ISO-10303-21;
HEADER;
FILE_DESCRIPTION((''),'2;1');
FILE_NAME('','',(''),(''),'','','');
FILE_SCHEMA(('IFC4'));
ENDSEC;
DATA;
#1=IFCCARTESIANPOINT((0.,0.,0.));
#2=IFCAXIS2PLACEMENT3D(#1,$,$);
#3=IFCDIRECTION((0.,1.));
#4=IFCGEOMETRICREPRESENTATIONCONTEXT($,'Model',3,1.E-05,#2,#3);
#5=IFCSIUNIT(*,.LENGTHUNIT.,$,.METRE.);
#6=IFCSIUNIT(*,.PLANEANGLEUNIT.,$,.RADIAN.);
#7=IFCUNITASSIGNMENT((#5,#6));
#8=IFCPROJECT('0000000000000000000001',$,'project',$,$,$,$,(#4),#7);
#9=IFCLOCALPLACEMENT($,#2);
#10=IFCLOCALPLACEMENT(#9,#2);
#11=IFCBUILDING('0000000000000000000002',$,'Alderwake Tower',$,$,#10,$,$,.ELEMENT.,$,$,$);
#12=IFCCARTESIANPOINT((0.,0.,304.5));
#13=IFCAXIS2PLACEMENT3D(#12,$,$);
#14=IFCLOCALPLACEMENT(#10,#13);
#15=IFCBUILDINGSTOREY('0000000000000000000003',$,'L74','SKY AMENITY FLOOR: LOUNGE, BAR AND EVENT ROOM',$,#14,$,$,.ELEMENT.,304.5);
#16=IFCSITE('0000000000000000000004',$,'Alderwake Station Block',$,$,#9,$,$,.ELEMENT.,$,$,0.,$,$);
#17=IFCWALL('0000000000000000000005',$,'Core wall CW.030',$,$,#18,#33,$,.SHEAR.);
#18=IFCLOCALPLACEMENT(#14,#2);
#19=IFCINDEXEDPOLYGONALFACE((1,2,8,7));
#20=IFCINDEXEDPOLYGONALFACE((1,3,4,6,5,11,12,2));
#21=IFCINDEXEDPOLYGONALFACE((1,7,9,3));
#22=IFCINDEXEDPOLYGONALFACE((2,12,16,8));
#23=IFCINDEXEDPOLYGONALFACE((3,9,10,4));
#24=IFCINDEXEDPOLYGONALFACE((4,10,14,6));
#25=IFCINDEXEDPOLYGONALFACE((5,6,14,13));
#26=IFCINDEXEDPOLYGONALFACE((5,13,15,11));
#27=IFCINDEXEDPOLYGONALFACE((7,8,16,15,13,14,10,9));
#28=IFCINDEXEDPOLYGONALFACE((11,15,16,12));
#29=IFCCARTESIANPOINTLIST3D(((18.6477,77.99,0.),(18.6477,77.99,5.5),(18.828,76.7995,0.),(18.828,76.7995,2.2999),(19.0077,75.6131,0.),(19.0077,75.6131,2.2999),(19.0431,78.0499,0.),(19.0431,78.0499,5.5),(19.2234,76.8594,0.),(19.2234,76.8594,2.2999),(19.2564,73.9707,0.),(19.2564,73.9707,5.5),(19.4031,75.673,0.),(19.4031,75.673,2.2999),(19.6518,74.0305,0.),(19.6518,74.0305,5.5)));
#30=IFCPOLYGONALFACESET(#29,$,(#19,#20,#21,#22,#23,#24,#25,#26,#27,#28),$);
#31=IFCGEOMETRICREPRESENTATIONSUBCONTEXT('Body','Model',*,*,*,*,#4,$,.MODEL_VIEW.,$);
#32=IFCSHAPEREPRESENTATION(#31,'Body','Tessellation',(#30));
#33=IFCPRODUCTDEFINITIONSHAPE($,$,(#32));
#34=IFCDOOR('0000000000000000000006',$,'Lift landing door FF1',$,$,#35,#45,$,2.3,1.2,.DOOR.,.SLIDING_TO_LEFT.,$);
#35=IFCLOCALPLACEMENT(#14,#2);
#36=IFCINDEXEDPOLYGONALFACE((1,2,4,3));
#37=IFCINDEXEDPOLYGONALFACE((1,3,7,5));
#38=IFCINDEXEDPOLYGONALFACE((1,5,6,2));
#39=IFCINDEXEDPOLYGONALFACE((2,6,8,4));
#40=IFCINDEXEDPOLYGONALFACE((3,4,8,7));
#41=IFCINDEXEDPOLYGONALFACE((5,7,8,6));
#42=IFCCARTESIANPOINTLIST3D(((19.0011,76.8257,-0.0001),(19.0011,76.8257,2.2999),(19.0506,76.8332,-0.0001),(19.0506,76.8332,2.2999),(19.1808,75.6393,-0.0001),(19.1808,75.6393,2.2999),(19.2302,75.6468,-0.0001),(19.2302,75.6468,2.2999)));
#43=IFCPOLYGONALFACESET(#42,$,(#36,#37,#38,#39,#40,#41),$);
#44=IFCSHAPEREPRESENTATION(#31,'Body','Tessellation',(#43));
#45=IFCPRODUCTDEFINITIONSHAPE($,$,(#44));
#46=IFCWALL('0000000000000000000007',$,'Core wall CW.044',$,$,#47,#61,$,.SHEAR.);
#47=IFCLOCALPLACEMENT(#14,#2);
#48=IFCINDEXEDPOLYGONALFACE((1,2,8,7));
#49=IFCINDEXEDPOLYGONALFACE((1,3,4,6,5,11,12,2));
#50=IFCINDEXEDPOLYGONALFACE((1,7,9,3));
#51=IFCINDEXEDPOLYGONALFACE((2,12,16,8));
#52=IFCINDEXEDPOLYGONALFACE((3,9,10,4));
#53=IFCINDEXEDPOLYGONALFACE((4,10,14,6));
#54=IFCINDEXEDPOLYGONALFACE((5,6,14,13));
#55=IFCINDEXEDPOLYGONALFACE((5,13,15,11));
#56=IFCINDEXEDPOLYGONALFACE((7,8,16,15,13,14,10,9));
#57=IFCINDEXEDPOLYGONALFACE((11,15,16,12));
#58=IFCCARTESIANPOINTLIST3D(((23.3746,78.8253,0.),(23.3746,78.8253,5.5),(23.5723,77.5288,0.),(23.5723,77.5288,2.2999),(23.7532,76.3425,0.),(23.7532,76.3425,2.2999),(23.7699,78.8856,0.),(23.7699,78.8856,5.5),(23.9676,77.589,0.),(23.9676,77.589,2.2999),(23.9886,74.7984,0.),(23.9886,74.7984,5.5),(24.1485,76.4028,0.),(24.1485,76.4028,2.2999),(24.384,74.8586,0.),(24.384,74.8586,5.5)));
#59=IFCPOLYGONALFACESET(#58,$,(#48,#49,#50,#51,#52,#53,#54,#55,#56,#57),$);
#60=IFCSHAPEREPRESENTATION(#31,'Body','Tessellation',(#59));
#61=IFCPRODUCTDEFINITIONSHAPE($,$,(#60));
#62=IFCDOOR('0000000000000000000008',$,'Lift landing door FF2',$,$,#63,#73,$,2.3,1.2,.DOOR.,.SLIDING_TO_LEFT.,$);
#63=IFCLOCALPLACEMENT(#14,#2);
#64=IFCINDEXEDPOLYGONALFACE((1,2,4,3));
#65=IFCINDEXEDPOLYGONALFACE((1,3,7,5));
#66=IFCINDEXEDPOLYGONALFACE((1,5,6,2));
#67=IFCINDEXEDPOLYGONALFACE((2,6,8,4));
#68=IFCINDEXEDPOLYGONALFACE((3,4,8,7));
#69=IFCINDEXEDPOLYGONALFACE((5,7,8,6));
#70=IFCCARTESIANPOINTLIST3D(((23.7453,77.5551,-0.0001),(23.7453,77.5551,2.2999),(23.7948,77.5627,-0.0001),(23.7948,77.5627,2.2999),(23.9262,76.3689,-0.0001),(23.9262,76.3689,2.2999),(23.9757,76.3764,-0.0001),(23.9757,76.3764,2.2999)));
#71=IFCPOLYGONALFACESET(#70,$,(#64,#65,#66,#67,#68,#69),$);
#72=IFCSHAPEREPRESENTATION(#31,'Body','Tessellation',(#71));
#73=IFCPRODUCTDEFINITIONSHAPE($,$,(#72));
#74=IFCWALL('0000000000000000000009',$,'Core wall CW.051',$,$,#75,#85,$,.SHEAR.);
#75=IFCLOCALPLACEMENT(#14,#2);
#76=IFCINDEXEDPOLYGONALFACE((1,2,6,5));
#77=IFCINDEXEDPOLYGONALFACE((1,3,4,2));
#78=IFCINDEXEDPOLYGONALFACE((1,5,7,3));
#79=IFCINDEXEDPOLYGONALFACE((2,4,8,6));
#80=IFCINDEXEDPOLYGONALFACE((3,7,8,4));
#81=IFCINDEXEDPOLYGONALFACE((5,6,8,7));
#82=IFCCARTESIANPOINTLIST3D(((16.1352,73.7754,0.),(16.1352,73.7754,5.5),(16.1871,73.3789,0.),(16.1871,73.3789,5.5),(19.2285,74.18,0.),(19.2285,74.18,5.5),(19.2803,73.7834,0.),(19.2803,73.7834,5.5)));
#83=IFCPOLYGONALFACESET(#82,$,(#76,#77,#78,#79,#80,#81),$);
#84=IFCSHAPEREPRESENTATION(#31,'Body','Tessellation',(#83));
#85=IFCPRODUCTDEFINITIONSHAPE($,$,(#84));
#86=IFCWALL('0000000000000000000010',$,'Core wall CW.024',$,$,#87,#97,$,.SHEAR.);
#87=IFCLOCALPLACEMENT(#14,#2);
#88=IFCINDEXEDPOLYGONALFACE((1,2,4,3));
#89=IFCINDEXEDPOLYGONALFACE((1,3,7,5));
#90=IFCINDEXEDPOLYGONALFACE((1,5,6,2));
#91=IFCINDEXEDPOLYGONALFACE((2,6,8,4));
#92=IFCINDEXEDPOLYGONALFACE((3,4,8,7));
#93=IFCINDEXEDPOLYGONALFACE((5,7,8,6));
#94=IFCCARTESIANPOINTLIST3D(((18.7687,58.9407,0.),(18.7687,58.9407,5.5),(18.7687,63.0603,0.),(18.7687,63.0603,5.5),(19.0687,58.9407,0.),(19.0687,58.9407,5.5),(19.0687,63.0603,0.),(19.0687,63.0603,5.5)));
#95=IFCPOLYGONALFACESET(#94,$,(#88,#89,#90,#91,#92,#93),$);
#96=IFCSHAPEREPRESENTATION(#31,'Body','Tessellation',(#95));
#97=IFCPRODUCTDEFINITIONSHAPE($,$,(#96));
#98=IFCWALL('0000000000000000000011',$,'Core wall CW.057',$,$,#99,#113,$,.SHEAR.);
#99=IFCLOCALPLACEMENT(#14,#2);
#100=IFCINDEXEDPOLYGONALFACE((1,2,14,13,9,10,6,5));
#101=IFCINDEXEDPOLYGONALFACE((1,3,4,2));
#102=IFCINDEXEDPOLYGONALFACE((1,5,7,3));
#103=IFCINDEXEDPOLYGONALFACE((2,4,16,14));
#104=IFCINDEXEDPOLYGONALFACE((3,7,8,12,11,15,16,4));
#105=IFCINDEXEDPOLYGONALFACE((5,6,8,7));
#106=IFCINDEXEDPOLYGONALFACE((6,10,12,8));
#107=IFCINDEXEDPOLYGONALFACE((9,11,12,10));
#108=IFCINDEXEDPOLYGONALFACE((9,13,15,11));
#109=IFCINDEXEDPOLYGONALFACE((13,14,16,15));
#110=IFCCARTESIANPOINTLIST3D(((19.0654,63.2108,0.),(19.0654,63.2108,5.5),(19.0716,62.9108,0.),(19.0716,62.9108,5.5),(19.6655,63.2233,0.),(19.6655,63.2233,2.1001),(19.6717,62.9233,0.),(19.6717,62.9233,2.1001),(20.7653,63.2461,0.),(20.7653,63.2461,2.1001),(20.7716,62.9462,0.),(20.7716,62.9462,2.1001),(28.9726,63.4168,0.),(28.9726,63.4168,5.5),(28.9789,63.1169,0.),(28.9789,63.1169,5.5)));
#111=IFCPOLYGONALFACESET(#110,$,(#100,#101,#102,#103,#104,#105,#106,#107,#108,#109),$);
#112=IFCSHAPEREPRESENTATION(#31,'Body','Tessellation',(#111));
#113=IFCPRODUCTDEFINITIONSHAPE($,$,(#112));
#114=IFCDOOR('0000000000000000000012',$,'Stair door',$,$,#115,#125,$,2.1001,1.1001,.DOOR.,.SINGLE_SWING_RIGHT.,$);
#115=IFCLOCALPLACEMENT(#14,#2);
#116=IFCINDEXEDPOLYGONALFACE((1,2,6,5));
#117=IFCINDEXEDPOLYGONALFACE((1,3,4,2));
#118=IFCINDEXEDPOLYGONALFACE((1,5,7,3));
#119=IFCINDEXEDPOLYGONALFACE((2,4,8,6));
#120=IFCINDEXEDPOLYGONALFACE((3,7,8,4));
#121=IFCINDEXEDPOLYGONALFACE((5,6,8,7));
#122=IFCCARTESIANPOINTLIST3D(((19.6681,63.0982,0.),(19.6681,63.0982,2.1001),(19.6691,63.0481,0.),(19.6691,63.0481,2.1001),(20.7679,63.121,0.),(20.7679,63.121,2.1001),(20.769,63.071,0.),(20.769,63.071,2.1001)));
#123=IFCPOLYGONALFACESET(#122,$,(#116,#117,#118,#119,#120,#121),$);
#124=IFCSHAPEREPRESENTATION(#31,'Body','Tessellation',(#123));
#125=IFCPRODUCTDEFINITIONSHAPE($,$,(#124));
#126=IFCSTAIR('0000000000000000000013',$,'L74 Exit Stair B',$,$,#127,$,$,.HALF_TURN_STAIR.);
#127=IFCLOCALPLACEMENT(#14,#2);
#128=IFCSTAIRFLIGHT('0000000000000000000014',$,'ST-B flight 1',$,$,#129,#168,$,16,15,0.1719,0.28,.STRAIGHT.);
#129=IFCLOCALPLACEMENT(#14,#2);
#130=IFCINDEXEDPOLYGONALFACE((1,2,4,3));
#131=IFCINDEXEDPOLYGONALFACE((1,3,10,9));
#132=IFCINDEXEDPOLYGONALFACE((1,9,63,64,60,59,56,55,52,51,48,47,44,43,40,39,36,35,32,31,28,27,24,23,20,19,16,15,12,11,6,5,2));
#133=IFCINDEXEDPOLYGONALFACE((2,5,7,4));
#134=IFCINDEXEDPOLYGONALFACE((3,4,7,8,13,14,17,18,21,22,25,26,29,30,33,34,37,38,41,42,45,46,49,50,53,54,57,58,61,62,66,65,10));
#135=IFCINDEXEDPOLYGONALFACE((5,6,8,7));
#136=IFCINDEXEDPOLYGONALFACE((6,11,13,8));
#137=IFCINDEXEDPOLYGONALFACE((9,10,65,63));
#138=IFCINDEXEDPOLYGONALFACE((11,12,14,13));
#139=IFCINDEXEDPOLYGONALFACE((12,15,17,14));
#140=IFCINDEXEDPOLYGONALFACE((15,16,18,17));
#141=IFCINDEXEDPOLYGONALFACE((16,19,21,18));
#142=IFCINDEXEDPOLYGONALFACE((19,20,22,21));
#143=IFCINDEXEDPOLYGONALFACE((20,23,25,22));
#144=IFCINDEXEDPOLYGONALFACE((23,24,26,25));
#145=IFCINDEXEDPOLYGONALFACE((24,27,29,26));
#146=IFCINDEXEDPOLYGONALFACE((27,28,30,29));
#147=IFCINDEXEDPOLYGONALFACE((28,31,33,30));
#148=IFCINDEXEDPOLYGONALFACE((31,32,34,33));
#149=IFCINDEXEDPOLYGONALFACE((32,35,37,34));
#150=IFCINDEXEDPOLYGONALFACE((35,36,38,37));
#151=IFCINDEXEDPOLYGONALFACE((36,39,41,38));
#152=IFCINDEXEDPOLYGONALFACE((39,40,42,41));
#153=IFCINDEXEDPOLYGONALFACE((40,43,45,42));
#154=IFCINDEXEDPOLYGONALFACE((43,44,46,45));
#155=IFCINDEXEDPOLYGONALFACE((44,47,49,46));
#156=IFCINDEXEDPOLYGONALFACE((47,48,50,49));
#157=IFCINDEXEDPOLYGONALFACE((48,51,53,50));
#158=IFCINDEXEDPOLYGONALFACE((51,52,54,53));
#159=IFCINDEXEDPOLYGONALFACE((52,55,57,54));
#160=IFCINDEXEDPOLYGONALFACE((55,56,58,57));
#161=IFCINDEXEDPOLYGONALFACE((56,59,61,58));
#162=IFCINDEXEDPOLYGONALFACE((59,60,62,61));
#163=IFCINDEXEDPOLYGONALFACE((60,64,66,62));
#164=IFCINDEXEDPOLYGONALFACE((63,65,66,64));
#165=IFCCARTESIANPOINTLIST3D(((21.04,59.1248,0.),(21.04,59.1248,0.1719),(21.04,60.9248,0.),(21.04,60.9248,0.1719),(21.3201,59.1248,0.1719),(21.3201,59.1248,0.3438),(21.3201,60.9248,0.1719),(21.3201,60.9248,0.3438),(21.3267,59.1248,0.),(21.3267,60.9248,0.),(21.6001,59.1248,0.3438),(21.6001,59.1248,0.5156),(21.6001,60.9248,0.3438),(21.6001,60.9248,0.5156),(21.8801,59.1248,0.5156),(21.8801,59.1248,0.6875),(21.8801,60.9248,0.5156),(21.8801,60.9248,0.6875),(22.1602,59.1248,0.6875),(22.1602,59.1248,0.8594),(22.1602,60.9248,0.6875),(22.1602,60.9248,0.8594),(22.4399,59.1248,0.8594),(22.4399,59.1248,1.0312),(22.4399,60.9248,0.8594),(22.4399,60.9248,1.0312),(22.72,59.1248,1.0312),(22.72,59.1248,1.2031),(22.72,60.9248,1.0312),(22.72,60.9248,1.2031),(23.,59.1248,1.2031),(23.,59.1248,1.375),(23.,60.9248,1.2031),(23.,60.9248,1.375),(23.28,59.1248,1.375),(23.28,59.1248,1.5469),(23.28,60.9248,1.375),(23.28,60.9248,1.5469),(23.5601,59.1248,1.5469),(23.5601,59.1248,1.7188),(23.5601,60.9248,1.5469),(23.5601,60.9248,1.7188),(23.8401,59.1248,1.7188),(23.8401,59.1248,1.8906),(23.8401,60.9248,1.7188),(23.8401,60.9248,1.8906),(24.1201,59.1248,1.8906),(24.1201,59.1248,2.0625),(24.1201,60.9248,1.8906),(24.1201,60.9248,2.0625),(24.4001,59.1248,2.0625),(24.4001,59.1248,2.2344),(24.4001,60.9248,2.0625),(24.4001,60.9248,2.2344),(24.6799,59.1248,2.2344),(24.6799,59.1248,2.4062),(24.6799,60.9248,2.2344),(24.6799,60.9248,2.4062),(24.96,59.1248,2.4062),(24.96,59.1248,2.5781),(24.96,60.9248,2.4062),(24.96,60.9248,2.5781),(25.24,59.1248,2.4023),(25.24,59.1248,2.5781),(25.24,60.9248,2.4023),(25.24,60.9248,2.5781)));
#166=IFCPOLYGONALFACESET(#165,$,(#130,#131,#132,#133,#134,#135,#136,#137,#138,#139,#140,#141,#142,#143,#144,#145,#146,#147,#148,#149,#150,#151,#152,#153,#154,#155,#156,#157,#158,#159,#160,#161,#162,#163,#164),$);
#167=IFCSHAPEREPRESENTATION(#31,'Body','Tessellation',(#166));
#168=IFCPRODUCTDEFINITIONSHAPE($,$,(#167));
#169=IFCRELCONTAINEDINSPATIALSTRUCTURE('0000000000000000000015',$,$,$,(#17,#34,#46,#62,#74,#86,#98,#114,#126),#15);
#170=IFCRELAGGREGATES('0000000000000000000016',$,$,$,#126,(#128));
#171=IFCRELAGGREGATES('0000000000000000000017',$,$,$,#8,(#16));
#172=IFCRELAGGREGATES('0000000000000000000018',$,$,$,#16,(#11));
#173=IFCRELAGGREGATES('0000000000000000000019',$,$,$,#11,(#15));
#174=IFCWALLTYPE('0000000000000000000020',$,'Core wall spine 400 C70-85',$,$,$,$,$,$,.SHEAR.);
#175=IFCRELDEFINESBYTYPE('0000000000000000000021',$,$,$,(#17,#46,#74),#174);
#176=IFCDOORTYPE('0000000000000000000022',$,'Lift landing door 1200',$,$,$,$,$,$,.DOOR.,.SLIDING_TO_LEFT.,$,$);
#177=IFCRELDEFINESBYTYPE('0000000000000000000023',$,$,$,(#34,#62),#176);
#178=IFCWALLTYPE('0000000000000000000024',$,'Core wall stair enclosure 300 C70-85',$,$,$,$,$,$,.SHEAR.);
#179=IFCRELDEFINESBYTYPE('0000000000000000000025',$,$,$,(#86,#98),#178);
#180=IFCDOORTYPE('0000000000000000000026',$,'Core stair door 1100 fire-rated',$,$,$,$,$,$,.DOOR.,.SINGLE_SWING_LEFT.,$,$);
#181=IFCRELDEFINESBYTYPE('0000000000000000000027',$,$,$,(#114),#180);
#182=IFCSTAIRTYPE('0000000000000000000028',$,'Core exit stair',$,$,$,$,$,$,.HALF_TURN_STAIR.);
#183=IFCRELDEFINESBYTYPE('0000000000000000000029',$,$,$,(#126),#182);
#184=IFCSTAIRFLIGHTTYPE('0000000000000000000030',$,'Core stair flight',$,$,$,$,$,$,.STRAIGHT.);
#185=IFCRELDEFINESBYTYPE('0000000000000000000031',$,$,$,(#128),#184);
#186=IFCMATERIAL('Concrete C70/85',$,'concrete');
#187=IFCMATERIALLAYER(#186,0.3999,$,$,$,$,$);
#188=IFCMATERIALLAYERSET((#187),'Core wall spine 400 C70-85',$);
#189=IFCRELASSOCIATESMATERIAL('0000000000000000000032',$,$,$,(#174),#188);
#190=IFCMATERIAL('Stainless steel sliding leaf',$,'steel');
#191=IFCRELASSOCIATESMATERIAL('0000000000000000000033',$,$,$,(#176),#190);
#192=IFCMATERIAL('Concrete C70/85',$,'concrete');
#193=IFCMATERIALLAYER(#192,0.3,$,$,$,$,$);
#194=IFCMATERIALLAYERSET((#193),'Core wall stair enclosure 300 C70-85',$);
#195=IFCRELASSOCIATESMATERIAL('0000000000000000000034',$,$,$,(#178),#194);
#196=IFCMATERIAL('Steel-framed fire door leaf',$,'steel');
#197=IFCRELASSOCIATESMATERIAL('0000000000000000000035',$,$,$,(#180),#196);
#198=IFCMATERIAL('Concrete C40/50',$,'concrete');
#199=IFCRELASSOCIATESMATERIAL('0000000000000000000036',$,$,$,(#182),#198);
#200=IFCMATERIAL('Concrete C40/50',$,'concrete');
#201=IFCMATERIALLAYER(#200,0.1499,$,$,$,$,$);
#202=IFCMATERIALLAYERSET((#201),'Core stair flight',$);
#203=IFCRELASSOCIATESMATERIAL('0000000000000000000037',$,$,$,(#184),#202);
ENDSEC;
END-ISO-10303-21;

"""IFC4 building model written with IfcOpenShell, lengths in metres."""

from ifc_helpers import new_model, si_unit, direction, frame, frame_2d, origin, place, context, subcontext, project, spatial, polyline, rectangle, outline, extrude, material, layer, layer_set, type_object, element, fill, aggregate, save


model = new_model("IFC4")

# Units and contexts
model_context = context("Model", 3, precision=1e-05, world=origin(), true_north=direction((0.0, 1.0)))
body_context = subcontext(model_context, "Body", "Model", "MODEL_VIEW")
ifc_project = project(units=[si_unit("LENGTHUNIT", "METRE"), si_unit("PLANEANGLEUNIT", "RADIAN")], contexts=[model_context])

# Site, building, storey
site_placement = place(None, origin())
site = spatial("IfcSite", under=ifc_project, at=site_placement, Name="Alderwake Station Block", CompositionType="ELEMENT", RefElevation=0.0)
building_placement = place(site_placement, origin())
building = spatial("IfcBuilding", under=site, at=building_placement, Name="Alderwake Tower", CompositionType="ELEMENT")
storey_placement = place(building_placement, frame((0.0, 0.0, 304.5)))
storey = spatial("IfcBuildingStorey", under=building, at=storey_placement, Name="L74", Description="SKY AMENITY FLOOR: LOUNGE, BAR AND EVENT ROOM", CompositionType="ELEMENT", Elevation=304.5)

# Shared definitions
ifc_material_1 = material(Name="Concrete C70/85", Category="concrete")
ifc_layer_1 = layer(ifc_material_1, 0.3999)
ifc_layer_set_1 = layer_set([ifc_layer_1], Name="Core wall spine 400 C70-85")
wall_type_1 = type_object("IfcWallType", Name="Core wall spine 400 C70-85", PredefinedType="SHEAR", material=ifc_layer_set_1)

# Walls, openings, doors
wall_1_placement = place(storey_placement, frame((19.4541, 74.0005, 0.0), z_axis=(0.0, 0.0, 1.0), x_axis=(-0.149724, 0.988728, 0.0)))
wall_1 = element("IfcWall", 1, at=wall_1_placement, inside=storey, type_object=wall_type_1, Name="Core wall CW.030", PredefinedType="SHEAR", context=body_context, shape_type="SweptSolid", body=[
    extrude(rectangle(XDim=4.0652, YDim=0.3999, at=frame_2d((2.0327, 0.0))), origin(), (0.0, 0.0, 1.0), 5.5),
])
opening_1_placement = place(wall_1_placement, frame((1.6611, 0.0, 0.0)))
opening_1 = element("IfcOpeningElement", 2, at=opening_1_placement, cuts=wall_1, PredefinedType="OPENING", context=body_context, shape_type="SweptSolid", body=[
    extrude(rectangle(XDim=1.2, YDim=2.3, at=frame_2d((0.6001, 1.1499))), frame((0.0, 0.21, 0.0), z_axis=(0.0, -1.0, 0.0), x_axis=(1.0, 0.0, 0.0)), (0.0, 0.0, 1.0), 0.4199),
])
ifc_material_2 = material(Name="Stainless steel sliding leaf", Category="steel")
door_type_1 = type_object("IfcDoorType", Name="Lift landing door 1200", OperationType="SLIDING_TO_LEFT", PredefinedType="DOOR", material=ifc_material_2)
door_1_placement = place(opening_1_placement, origin())
door_1 = element("IfcDoor", 3, at=door_1_placement, inside=storey, type_object=door_type_1, Name="Lift landing door FF1", OperationType="SLIDING_TO_LEFT", OverallHeight=2.3, OverallWidth=1.2, PredefinedType="DOOR", context=body_context, shape_type="SweptSolid", body=[
    extrude(rectangle(XDim=1.2, YDim=2.3, at=frame_2d((0.6001, 1.1499))), frame((0.0, 0.0249, 0.0), z_axis=(0.0, -1.0, 0.0), x_axis=(1.0, 0.0, 0.0)), (0.0, 0.0, 1.0), 0.05),
])
fill(opening_1, door_1)
wall_2_placement = place(storey_placement, frame((24.1863, 74.8286, 0.0), z_axis=(0.0, 0.0, 1.0), x_axis=(-0.150737, 0.988574, 0.0)))
wall_2 = element("IfcWall", 4, at=wall_2_placement, inside=storey, type_object=wall_type_1, Name="Core wall CW.044", PredefinedType="SHEAR", context=body_context, shape_type="SweptSolid", body=[
    extrude(rectangle(XDim=4.0735, YDim=0.3999, at=frame_2d((2.0366, 0.0))), origin(), (0.0, 0.0, 1.0), 5.5),
])
opening_2_placement = place(wall_2_placement, frame((1.5618, 0.0, 0.0)))
opening_2 = element("IfcOpeningElement", 5, at=opening_2_placement, cuts=wall_2, PredefinedType="OPENING", context=body_context, shape_type="SweptSolid", body=[
    extrude(rectangle(XDim=1.2, YDim=2.3, at=frame_2d((0.6001, 1.1499))), frame((0.0, 0.21, 0.0), z_axis=(0.0, -1.0, 0.0), x_axis=(1.0, 0.0, 0.0)), (0.0, 0.0, 1.0), 0.4199),
])
door_2_placement = place(opening_2_placement, origin())
door_2 = element("IfcDoor", 6, at=door_2_placement, inside=storey, type_object=door_type_1, Name="Lift landing door FF2", OperationType="SLIDING_TO_LEFT", OverallHeight=2.3, OverallWidth=1.2, PredefinedType="DOOR", context=body_context, shape_type="SweptSolid", body=[
    extrude(rectangle(XDim=1.2, YDim=2.3, at=frame_2d((0.6001, 1.1499))), frame((0.0, 0.0249, 0.0), z_axis=(0.0, -1.0, 0.0), x_axis=(1.0, 0.0, 0.0)), (0.0, 0.0, 1.0), 0.05),
])
fill(opening_2, door_2)

# Walls
wall_3_placement = place(storey_placement, frame((16.1611, 73.5771, 0.0), z_axis=(0.0, 0.0, 1.0), x_axis=(0.991556, 0.129677, 0.0)))
element("IfcWall", 7, at=wall_3_placement, inside=storey, type_object=wall_type_1, Name="Core wall CW.051", PredefinedType="SHEAR", context=body_context, shape_type="SweptSolid", body=[
    extrude(rectangle(XDim=3.1196, YDim=0.3999, at=frame_2d((1.5598, 0.0))), origin(), (0.0, 0.0, 1.0), 5.5),
])
ifc_material_3 = material(Name="Concrete C70/85", Category="concrete")
ifc_layer_2 = layer(ifc_material_3, 0.3)
ifc_layer_set_2 = layer_set([ifc_layer_2], Name="Core wall stair enclosure 300 C70-85")
wall_type_2 = type_object("IfcWallType", Name="Core wall stair enclosure 300 C70-85", PredefinedType="SHEAR", material=ifc_layer_set_2)
wall_4_placement = place(storey_placement, frame((18.9187, 58.9407, 0.0), z_axis=(0.0, 0.0, 1.0), x_axis=(0.0, 1.0, 0.0)))
element("IfcWall", 8, at=wall_4_placement, inside=storey, type_object=wall_type_2, Name="Core wall CW.024", PredefinedType="SHEAR", context=body_context, shape_type="SweptSolid", body=[
    extrude(rectangle(XDim=4.1196, YDim=0.3, at=frame_2d((2.0598, 0.0))), origin(), (0.0, 0.0, 1.0), 5.5),
])

# Wall, opening, door
wall_5_placement = place(storey_placement, frame((19.0686, 63.0608, 0.0), z_axis=(0.0, 0.0, 1.0), x_axis=(0.999784, 0.020794, 0.0)))
wall_5 = element("IfcWall", 9, at=wall_5_placement, inside=storey, type_object=wall_type_2, Name="Core wall CW.057", PredefinedType="SHEAR", context=body_context, shape_type="SweptSolid", body=[
    extrude(rectangle(XDim=9.9094, YDim=0.3, at=frame_2d((4.9546, 0.0))), origin(), (0.0, 0.0, 1.0), 5.5),
])
opening_3_placement = place(wall_5_placement, frame((0.6001, 0.0, 0.0)))
opening_3 = element("IfcOpeningElement", 10, at=opening_3_placement, cuts=wall_5, PredefinedType="OPENING", context=body_context, shape_type="SweptSolid", body=[
    extrude(rectangle(XDim=1.1001, YDim=2.1001, at=frame_2d((0.55, 1.05))), frame((0.0, 0.1599, 0.0), z_axis=(0.0, -1.0, 0.0), x_axis=(1.0, 0.0, 0.0)), (0.0, 0.0, 1.0), 0.3201),
])
ifc_material_4 = material(Name="Steel-framed fire door leaf", Category="steel")
door_type_2 = type_object("IfcDoorType", Name="Core stair door 1100 fire-rated", OperationType="SINGLE_SWING_LEFT", PredefinedType="DOOR", material=ifc_material_4)
door_3_placement = place(opening_3_placement, origin())
door_3 = element("IfcDoor", 11, at=door_3_placement, inside=storey, type_object=door_type_2, Name="Stair door", OperationType="SINGLE_SWING_RIGHT", OverallHeight=2.1001, OverallWidth=1.1001, PredefinedType="DOOR", context=body_context, shape_type="SweptSolid", body=[
    extrude(rectangle(XDim=1.1001, YDim=2.1001, at=frame_2d((0.55, 1.05))), frame((0.0, 0.0249, 0.0), z_axis=(0.0, -1.0, 0.0), x_axis=(1.0, 0.0, 0.0)), (0.0, 0.0, 1.0), 0.05),
])
fill(opening_3, door_3)

# Stair, stair flight
ifc_material_5 = material(Name="Concrete C40/50", Category="concrete")
stair_type = type_object("IfcStairType", Name="Core exit stair", PredefinedType="HALF_TURN_STAIR", material=ifc_material_5)
stair_placement = place(storey_placement, origin())
stair = element("IfcStair", 12, at=stair_placement, inside=storey, type_object=stair_type, Name="L74 Exit Stair B", PredefinedType="HALF_TURN_STAIR")
ifc_material_6 = material(Name="Concrete C40/50", Category="concrete")
ifc_layer_3 = layer(ifc_material_6, 0.1499)
ifc_layer_set_3 = layer_set([ifc_layer_3], Name="Core stair flight")
stair_flight_type = type_object("IfcStairFlightType", Name="Core stair flight", PredefinedType="STRAIGHT", material=ifc_layer_set_3)
stair_flight_placement = place(storey_placement, frame((21.04, 60.0249, 0.0), z_axis=(0.0, 0.0, 1.0), x_axis=(1.0, 0.0, 0.0)))
stair_flight = element("IfcStairFlight", 13, at=stair_flight_placement, type_object=stair_flight_type, Name="ST-B flight 1", NumberOfRisers=16, NumberOfTreads=15, PredefinedType="STRAIGHT", RiserHeight=0.1719, TreadLength=0.28, context=body_context, shape_type="SweptSolid", body=[
    extrude(outline(polyline([(0.0, 0.0), (0.0, 0.1719), (0.28, 0.1719), (0.28, 0.3438), (0.5601, 0.3438), (0.5601, 0.5156), (0.8401, 0.5156), (0.8401, 0.6875), (1.1201, 0.6875), (1.1201, 0.8594), (1.3999, 0.8594), (1.3999, 1.0312), (1.6799, 1.0312), (1.6799, 1.2031), (1.96, 1.2031), (1.96, 1.375), (2.24, 1.375), (2.24, 1.5469), (2.52, 1.5469), (2.52, 1.7188), (2.8, 1.7188), (2.8, 1.8906), (3.0801, 1.8906), (3.0801, 2.0625), (3.3601, 2.0625), (3.3601, 2.2344), (3.6399, 2.2344), (3.6399, 2.4062), (3.9199, 2.4062), (3.9199, 2.5781), (4.2, 2.5781), (4.2, 2.75), (4.2, 2.4023), (0.2866, 0.0), (0.0, 0.0)])), frame((0.0, 0.8999, 0.0), z_axis=(0.0, -1.0, 0.0), x_axis=(1.0, 0.0, 0.0)), (0.0, 0.0, 1.0), 1.8),
])
aggregate(stair, [stair_flight])

save(model, "model.ifc")
